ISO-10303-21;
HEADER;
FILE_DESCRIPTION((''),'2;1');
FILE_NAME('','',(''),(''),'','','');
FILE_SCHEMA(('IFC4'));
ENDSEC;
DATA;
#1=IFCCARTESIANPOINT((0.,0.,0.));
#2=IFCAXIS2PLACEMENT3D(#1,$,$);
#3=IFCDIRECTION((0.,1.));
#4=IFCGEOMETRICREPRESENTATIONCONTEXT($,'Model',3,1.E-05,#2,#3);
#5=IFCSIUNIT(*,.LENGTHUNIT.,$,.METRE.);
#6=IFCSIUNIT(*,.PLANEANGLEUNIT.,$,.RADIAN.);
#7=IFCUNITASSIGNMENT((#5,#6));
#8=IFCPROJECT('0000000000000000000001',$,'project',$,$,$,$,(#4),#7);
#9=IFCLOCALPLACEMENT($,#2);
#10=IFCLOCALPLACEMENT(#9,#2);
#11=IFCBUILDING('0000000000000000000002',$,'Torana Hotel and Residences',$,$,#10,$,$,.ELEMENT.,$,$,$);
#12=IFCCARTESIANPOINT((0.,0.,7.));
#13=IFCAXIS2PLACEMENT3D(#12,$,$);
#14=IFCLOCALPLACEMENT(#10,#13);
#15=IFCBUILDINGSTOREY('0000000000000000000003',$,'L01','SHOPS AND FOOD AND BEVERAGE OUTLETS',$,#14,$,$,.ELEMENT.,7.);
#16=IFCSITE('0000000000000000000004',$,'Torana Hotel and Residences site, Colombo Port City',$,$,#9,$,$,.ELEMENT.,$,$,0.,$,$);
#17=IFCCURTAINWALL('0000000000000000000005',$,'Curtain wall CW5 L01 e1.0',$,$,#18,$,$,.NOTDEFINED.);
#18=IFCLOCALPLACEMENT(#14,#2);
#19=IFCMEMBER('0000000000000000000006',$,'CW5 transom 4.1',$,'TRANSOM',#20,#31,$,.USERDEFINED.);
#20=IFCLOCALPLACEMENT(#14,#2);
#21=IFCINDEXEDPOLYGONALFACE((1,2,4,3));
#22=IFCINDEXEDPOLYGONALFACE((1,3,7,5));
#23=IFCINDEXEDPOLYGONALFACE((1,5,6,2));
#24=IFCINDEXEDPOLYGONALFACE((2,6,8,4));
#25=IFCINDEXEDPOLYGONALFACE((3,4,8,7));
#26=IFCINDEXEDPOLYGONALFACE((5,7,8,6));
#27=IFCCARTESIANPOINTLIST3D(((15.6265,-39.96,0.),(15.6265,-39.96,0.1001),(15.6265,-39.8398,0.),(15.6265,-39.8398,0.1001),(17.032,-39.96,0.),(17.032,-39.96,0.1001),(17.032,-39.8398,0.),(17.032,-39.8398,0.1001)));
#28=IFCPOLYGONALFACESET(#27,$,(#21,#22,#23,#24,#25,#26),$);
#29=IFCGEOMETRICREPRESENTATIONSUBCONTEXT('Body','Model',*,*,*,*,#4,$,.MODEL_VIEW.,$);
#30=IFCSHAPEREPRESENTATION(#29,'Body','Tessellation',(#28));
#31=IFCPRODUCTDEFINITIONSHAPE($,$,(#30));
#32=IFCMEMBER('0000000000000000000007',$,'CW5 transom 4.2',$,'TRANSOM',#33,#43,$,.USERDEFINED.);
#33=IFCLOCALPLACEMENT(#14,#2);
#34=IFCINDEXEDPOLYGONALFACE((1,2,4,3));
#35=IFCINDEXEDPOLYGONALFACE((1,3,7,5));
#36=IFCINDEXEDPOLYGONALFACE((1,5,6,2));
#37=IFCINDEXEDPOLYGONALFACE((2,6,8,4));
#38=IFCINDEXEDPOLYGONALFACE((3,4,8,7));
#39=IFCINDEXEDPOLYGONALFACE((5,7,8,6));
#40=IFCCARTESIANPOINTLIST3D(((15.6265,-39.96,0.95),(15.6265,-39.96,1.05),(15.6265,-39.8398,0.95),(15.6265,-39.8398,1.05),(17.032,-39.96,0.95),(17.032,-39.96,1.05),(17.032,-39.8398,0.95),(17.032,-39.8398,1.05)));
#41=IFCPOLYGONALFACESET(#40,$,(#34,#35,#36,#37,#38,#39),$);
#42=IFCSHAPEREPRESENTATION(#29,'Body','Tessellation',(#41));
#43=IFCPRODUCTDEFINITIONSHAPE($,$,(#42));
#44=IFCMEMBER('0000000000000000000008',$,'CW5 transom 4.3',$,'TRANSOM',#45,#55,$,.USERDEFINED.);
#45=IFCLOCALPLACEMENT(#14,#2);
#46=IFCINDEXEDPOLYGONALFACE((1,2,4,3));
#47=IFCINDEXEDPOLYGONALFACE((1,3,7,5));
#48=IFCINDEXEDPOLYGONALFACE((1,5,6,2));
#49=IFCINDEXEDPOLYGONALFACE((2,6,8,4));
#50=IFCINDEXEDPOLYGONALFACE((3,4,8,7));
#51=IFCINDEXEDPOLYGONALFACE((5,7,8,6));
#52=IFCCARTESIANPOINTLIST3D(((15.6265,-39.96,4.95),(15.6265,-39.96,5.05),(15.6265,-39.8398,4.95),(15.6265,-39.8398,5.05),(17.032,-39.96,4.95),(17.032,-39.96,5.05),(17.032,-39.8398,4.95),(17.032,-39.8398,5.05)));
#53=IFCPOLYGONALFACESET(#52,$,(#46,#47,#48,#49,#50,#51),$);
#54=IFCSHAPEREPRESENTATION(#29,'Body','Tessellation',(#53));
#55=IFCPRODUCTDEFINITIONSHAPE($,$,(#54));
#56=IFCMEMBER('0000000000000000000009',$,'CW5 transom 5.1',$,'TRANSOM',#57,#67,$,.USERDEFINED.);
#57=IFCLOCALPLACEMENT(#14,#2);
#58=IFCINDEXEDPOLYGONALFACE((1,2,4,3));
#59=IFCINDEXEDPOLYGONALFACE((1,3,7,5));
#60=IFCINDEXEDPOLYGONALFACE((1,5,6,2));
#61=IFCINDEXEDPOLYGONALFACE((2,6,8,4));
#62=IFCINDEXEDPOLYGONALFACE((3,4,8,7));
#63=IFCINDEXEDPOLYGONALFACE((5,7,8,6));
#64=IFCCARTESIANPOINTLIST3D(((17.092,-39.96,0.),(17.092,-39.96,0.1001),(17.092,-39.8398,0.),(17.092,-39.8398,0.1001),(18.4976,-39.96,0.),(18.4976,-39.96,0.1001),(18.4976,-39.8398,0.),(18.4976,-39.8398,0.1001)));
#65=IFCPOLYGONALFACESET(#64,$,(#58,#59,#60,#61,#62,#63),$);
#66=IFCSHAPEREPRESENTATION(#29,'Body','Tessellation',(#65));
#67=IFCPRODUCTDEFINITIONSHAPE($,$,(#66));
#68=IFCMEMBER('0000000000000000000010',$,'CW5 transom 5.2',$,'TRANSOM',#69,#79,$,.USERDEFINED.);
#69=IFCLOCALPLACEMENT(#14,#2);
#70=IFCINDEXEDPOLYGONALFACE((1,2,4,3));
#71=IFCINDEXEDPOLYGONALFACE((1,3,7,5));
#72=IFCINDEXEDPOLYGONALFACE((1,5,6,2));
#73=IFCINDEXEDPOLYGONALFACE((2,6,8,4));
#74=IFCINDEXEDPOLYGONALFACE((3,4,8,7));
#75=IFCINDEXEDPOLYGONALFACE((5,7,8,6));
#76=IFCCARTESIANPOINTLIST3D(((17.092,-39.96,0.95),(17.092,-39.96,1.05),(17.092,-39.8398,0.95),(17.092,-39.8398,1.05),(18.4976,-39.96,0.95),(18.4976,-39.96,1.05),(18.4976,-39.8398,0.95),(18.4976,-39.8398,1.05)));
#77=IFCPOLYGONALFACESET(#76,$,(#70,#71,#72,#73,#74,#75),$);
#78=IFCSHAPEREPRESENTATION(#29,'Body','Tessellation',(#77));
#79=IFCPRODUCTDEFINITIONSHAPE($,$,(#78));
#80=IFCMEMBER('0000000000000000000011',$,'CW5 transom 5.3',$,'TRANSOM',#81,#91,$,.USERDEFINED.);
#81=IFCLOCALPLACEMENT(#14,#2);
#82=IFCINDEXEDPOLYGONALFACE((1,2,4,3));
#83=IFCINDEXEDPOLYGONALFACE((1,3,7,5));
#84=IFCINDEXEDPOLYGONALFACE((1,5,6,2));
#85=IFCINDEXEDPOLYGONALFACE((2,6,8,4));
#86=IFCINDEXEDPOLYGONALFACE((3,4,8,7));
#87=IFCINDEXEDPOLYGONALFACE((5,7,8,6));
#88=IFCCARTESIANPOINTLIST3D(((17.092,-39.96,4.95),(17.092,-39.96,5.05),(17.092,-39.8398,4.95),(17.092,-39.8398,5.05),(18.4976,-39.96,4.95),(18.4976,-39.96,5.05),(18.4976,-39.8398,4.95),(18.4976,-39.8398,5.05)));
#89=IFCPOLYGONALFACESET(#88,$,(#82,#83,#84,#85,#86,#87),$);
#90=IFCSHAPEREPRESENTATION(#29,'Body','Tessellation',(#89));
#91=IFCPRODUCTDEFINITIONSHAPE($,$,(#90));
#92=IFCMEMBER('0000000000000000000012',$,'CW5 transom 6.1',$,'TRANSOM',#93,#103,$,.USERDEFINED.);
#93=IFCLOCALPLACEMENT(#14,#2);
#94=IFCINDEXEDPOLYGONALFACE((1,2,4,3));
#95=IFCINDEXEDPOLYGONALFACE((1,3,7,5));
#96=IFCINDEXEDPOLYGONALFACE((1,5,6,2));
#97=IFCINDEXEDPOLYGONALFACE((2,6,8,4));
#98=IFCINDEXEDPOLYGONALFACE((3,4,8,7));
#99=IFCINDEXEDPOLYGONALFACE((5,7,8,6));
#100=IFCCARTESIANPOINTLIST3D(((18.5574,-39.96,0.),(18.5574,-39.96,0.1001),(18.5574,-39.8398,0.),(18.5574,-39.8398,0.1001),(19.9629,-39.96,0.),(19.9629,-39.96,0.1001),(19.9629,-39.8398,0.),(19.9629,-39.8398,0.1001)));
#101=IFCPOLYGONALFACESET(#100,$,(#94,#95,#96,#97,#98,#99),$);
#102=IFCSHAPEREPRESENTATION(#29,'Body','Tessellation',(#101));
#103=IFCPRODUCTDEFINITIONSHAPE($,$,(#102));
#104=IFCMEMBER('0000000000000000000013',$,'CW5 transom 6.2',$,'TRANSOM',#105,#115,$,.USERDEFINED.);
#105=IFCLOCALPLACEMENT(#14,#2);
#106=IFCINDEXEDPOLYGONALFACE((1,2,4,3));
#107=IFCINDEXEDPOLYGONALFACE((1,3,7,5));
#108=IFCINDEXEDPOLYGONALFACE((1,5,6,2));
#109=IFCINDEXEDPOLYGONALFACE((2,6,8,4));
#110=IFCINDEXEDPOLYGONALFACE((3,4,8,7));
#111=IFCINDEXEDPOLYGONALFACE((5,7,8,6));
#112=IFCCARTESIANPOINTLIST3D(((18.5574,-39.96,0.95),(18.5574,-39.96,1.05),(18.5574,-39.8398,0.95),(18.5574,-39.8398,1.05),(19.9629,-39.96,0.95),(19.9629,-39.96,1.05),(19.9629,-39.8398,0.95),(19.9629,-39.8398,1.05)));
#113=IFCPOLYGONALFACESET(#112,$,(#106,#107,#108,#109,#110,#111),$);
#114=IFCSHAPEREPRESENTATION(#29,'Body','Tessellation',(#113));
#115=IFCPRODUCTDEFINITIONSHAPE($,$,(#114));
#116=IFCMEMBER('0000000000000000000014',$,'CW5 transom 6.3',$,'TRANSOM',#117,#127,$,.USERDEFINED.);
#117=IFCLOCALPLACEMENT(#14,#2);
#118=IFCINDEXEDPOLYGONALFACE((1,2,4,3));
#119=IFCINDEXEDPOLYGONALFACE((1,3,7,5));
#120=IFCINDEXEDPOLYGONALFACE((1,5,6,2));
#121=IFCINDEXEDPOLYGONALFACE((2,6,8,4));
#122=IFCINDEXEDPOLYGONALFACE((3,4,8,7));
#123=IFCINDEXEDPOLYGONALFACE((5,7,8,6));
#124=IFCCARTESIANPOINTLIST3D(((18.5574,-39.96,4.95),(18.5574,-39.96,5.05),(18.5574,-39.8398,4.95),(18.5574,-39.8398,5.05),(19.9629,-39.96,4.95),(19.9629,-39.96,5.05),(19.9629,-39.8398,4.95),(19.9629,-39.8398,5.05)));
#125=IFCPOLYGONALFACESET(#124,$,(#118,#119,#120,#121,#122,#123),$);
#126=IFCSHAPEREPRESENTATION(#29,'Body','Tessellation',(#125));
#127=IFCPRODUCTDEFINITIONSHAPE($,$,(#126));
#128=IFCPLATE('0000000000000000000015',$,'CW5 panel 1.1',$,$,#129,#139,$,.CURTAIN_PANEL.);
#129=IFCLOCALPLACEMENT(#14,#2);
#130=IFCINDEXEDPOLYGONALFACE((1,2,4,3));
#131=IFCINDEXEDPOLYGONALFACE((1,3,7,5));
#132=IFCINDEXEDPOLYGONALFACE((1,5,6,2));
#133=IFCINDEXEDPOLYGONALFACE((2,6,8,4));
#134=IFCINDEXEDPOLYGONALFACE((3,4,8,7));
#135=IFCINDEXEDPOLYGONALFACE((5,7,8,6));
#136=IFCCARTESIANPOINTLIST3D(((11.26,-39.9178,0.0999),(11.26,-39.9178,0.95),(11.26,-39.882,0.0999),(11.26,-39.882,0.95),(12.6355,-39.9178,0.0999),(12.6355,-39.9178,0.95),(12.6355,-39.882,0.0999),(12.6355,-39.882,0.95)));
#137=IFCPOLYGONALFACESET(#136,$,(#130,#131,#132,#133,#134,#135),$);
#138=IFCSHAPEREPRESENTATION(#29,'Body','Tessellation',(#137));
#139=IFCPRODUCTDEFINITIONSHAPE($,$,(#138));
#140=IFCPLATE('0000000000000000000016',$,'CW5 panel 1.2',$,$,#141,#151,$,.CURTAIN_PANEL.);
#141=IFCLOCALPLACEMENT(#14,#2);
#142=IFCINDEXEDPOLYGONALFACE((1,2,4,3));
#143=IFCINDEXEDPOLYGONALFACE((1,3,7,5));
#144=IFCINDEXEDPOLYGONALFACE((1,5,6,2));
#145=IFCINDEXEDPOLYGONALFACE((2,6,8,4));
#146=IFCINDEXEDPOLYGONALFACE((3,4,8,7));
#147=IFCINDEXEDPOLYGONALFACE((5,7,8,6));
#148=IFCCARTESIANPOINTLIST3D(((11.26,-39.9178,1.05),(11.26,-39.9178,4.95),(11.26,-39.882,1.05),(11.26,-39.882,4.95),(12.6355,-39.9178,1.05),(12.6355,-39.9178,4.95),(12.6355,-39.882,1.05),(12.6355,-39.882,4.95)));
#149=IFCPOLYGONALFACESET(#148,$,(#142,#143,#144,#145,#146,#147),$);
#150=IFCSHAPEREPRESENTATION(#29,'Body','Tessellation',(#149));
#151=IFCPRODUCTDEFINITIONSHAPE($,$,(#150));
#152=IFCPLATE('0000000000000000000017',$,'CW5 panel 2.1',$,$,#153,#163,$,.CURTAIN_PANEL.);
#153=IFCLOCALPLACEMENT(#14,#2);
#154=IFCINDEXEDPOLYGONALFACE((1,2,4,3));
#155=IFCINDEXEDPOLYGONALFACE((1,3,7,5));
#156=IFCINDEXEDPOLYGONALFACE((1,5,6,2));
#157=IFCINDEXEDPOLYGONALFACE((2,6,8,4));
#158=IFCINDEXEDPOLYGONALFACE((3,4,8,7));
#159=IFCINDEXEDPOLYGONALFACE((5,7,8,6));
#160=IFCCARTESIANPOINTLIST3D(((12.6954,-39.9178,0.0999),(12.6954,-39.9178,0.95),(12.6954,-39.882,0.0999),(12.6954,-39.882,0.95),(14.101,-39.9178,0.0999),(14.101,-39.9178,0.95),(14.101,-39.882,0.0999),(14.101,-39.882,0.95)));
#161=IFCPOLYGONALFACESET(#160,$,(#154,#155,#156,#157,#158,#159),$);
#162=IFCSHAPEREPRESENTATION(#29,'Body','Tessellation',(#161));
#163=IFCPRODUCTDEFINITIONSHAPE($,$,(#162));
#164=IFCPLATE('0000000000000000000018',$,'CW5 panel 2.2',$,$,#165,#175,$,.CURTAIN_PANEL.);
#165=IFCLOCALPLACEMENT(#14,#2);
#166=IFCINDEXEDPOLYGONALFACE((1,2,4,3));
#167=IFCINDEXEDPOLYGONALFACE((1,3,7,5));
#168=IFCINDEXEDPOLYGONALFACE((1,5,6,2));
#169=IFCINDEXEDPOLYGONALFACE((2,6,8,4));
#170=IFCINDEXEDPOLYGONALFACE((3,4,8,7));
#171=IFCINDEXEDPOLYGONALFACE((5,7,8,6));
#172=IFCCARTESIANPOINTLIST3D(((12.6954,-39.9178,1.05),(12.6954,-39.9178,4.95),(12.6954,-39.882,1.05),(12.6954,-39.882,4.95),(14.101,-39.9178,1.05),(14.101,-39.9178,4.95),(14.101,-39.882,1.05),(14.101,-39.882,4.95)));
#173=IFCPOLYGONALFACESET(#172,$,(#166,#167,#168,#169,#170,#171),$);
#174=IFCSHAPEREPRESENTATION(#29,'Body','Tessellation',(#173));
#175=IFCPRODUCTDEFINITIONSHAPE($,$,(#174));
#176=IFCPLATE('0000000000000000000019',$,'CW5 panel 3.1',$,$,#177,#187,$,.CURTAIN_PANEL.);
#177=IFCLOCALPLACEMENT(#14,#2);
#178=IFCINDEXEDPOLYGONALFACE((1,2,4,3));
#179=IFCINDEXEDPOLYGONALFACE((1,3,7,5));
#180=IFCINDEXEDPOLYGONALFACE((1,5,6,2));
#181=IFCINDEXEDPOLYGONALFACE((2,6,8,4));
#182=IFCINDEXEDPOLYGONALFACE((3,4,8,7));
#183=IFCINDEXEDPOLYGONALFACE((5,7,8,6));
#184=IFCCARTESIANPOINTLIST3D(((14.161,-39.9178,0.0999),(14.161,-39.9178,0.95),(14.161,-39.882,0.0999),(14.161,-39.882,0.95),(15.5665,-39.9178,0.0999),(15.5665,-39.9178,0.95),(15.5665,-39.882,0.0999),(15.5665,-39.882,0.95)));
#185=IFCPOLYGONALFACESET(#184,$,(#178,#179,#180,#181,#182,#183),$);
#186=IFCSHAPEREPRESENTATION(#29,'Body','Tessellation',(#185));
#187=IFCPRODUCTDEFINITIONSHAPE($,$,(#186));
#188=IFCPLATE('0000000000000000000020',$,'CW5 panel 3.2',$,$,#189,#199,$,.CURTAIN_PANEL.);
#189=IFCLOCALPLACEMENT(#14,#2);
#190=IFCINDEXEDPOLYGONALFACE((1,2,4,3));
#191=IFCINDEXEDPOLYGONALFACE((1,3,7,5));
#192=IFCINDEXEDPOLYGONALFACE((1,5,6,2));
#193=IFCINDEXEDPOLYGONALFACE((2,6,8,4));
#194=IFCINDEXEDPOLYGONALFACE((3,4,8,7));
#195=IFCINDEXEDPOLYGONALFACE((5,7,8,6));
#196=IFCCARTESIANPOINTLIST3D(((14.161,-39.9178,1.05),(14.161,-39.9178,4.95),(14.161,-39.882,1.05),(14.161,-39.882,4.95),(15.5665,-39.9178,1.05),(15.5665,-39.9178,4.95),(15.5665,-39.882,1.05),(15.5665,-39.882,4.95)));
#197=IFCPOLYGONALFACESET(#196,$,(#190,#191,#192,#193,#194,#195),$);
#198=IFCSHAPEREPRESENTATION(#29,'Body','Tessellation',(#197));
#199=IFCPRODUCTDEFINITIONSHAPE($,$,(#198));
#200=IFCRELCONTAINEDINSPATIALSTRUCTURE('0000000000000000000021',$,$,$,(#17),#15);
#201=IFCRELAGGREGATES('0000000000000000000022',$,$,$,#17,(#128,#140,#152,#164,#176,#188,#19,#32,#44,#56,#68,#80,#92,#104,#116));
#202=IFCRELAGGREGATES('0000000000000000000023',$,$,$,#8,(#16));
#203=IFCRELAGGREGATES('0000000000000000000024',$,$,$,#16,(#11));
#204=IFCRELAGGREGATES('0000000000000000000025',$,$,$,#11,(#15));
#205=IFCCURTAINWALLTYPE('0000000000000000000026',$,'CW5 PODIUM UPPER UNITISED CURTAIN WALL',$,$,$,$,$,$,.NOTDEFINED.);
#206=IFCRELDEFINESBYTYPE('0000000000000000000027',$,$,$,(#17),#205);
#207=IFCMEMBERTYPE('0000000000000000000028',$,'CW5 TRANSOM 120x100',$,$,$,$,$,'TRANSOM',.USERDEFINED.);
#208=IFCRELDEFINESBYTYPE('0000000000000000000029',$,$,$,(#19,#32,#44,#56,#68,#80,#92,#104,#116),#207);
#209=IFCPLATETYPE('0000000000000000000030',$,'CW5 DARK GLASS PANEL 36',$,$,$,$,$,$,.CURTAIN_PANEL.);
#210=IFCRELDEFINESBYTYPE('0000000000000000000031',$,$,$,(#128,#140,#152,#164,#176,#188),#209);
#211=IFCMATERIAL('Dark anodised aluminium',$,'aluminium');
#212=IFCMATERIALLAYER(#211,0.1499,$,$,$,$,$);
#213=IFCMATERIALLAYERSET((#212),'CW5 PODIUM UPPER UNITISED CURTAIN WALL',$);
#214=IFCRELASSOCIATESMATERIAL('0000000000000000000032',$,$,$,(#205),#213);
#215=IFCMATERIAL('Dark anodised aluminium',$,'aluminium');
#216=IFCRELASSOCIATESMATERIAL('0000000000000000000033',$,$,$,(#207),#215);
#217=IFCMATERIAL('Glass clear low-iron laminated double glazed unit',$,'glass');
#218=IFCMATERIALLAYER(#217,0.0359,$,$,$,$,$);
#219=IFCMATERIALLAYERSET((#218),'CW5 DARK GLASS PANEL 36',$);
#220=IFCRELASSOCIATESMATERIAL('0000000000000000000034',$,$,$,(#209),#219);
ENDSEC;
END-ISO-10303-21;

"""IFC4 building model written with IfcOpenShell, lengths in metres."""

from ifc_helpers import new_model, si_unit, direction, frame, origin, origin_2d, place, context, subcontext, project, spatial, rectangle, extrude, material, layer, layer_set, material_profile, profile_set, type_object, element, aggregate, save


model = new_model("IFC4")

# Units and contexts
model_context = context("Model", 3, precision=1e-05, world=origin(), true_north=direction((0.0, 1.0)))
body_context = subcontext(model_context, "Body", "Model", "MODEL_VIEW")
ifc_project = project(units=[si_unit("LENGTHUNIT", "METRE"), si_unit("PLANEANGLEUNIT", "RADIAN")], contexts=[model_context])

# Site, building, storey
site_placement = place(None, origin())
site = spatial("IfcSite", under=ifc_project, at=site_placement, Name="Torana Hotel and Residences site, Colombo Port City", CompositionType="ELEMENT", RefElevation=0.0)
building_placement = place(site_placement, origin())
building = spatial("IfcBuilding", under=site, at=building_placement, Name="Torana Hotel and Residences", CompositionType="ELEMENT")
storey_placement = place(building_placement, frame((0.0, 0.0, 7.0)))
storey = spatial("IfcBuildingStorey", under=building, at=storey_placement, Name="L01", Description="SHOPS AND FOOD AND BEVERAGE OUTLETS", CompositionType="ELEMENT", Elevation=7.0)

# Curtain wall, members, plates
ifc_material_1 = material(Name="Dark anodised aluminium", Category="aluminium")
ifc_layer_1 = layer(ifc_material_1, 0.1499)
ifc_layer_set_1 = layer_set([ifc_layer_1], Name="CW5 PODIUM UPPER UNITISED CURTAIN WALL")
curtain_wall_type = type_object("IfcCurtainWallType", Name="CW5 PODIUM UPPER UNITISED CURTAIN WALL", PredefinedType="NOTDEFINED", material=ifc_layer_set_1)
curtain_wall_placement = place(storey_placement, origin())
curtain_wall = element("IfcCurtainWall", 1, at=curtain_wall_placement, inside=storey, type_object=curtain_wall_type, Name="Curtain wall CW5 L01 e1.0", PredefinedType="NOTDEFINED")
ifc_material_2 = material(Name="Dark anodised aluminium", Category="aluminium")
ifc_material_profile_1 = material_profile(ifc_material_2, rectangle(XDim=0.1201, YDim=0.1001, at=origin_2d()), Name="CW5 TRANSOM 120x100")
ifc_profile_set_1 = profile_set([ifc_material_profile_1], Name="Dark anodised aluminium")
member_type_1 = type_object("IfcMemberType", Name="CW5 TRANSOM 120x100", ElementType="TRANSOM", PredefinedType="USERDEFINED", material=ifc_profile_set_1)
member_1_placement = place(storey_placement, frame((15.6265, -39.8999, 0.05), z_axis=(1.0, 0.0, 0.0), x_axis=(0.0, 1.0, 0.0)))
member_1 = element("IfcMember", 2, at=member_1_placement, type_object=member_type_1, Name="CW5 transom 4.1", ObjectType="TRANSOM", PredefinedType="USERDEFINED", context=body_context, shape_type="SweptSolid", body=[
    extrude(rectangle(XDim=0.1201, YDim=0.1001, at=origin_2d()), origin(), (0.0, 0.0, 1.0), 1.4055),
])
member_2_placement = place(storey_placement, frame((15.6265, -39.8999, 1.0), z_axis=(1.0, 0.0, 0.0), x_axis=(0.0, 1.0, 0.0)))
member_2 = element("IfcMember", 3, at=member_2_placement, type_object=member_type_1, Name="CW5 transom 4.2", ObjectType="TRANSOM", PredefinedType="USERDEFINED", context=body_context, shape_type="SweptSolid", body=[
    extrude(rectangle(XDim=0.1201, YDim=0.1001, at=origin_2d()), origin(), (0.0, 0.0, 1.0), 1.4055),
])
member_3_placement = place(storey_placement, frame((15.6265, -39.8999, 5.0), z_axis=(1.0, 0.0, 0.0), x_axis=(0.0, 1.0, 0.0)))
member_3 = element("IfcMember", 4, at=member_3_placement, type_object=member_type_1, Name="CW5 transom 4.3", ObjectType="TRANSOM", PredefinedType="USERDEFINED", context=body_context, shape_type="SweptSolid", body=[
    extrude(rectangle(XDim=0.1201, YDim=0.1001, at=origin_2d()), origin(), (0.0, 0.0, 1.0), 1.4055),
])
member_4_placement = place(storey_placement, frame((17.092, -39.8999, 0.05), z_axis=(1.0, 0.0, 0.0), x_axis=(0.0, 1.0, 0.0)))
member_4 = element("IfcMember", 5, at=member_4_placement, type_object=member_type_1, Name="CW5 transom 5.1", ObjectType="TRANSOM", PredefinedType="USERDEFINED", context=body_context, shape_type="SweptSolid", body=[
    extrude(rectangle(XDim=0.1201, YDim=0.1001, at=origin_2d()), origin(), (0.0, 0.0, 1.0), 1.4055),
])
member_5_placement = place(storey_placement, frame((17.092, -39.8999, 1.0), z_axis=(1.0, 0.0, 0.0), x_axis=(0.0, 1.0, 0.0)))
member_5 = element("IfcMember", 6, at=member_5_placement, type_object=member_type_1, Name="CW5 transom 5.2", ObjectType="TRANSOM", PredefinedType="USERDEFINED", context=body_context, shape_type="SweptSolid", body=[
    extrude(rectangle(XDim=0.1201, YDim=0.1001, at=origin_2d()), origin(), (0.0, 0.0, 1.0), 1.4055),
])
member_6_placement = place(storey_placement, frame((17.092, -39.8999, 5.0), z_axis=(1.0, 0.0, 0.0), x_axis=(0.0, 1.0, 0.0)))
member_6 = element("IfcMember", 7, at=member_6_placement, type_object=member_type_1, Name="CW5 transom 5.3", ObjectType="TRANSOM", PredefinedType="USERDEFINED", context=body_context, shape_type="SweptSolid", body=[
    extrude(rectangle(XDim=0.1201, YDim=0.1001, at=origin_2d()), origin(), (0.0, 0.0, 1.0), 1.4055),
])
member_7_placement = place(storey_placement, frame((18.5574, -39.8999, 0.05), z_axis=(1.0, 0.0, 0.0), x_axis=(0.0, 1.0, 0.0)))
member_7 = element("IfcMember", 8, at=member_7_placement, type_object=member_type_1, Name="CW5 transom 6.1", ObjectType="TRANSOM", PredefinedType="USERDEFINED", context=body_context, shape_type="SweptSolid", body=[
    extrude(rectangle(XDim=0.1201, YDim=0.1001, at=origin_2d()), origin(), (0.0, 0.0, 1.0), 1.4055),
])
member_8_placement = place(storey_placement, frame((18.5574, -39.8999, 1.0), z_axis=(1.0, 0.0, 0.0), x_axis=(0.0, 1.0, 0.0)))
member_8 = element("IfcMember", 9, at=member_8_placement, type_object=member_type_1, Name="CW5 transom 6.2", ObjectType="TRANSOM", PredefinedType="USERDEFINED", context=body_context, shape_type="SweptSolid", body=[
    extrude(rectangle(XDim=0.1201, YDim=0.1001, at=origin_2d()), origin(), (0.0, 0.0, 1.0), 1.4055),
])
member_9_placement = place(storey_placement, frame((18.5574, -39.8999, 5.0), z_axis=(1.0, 0.0, 0.0), x_axis=(0.0, 1.0, 0.0)))
member_9 = element("IfcMember", 10, at=member_9_placement, type_object=member_type_1, Name="CW5 transom 6.3", ObjectType="TRANSOM", PredefinedType="USERDEFINED", context=body_context, shape_type="SweptSolid", body=[
    extrude(rectangle(XDim=0.1201, YDim=0.1001, at=origin_2d()), origin(), (0.0, 0.0, 1.0), 1.4055),
])
ifc_material_3 = material(Name="Glass clear low-iron laminated double glazed unit", Category="glass")
ifc_layer_2 = layer(ifc_material_3, 0.0359)
ifc_layer_set_2 = layer_set([ifc_layer_2], Name="CW5 DARK GLASS PANEL 36")
plate_type = type_object("IfcPlateType", Name="CW5 DARK GLASS PANEL 36", PredefinedType="CURTAIN_PANEL", material=ifc_layer_set_2)
plate_1_placement = place(storey_placement, frame((11.9478, -39.8999, 0.0999), z_axis=(0.0, 0.0, 1.0), x_axis=(1.0, 0.0, 0.0)))
plate_1 = element("IfcPlate", 11, at=plate_1_placement, type_object=plate_type, Name="CW5 panel 1.1", PredefinedType="CURTAIN_PANEL", context=body_context, shape_type="SweptSolid", body=[
    extrude(rectangle(XDim=1.3755, YDim=0.0359, at=origin_2d()), origin(), (0.0, 0.0, 1.0), 0.8501),
])
plate_2_placement = place(storey_placement, frame((11.9478, -39.8999, 1.05), z_axis=(0.0, 0.0, 1.0), x_axis=(1.0, 0.0, 0.0)))
plate_2 = element("IfcPlate", 12, at=plate_2_placement, type_object=plate_type, Name="CW5 panel 1.2", PredefinedType="CURTAIN_PANEL", context=body_context, shape_type="SweptSolid", body=[
    extrude(rectangle(XDim=1.3755, YDim=0.0359, at=origin_2d()), origin(), (0.0, 0.0, 1.0), 3.8999),
])
plate_3_placement = place(storey_placement, frame((13.3982, -39.8999, 0.0999), z_axis=(0.0, 0.0, 1.0), x_axis=(1.0, 0.0, 0.0)))
plate_3 = element("IfcPlate", 13, at=plate_3_placement, type_object=plate_type, Name="CW5 panel 2.1", PredefinedType="CURTAIN_PANEL", context=body_context, shape_type="SweptSolid", body=[
    extrude(rectangle(XDim=1.4055, YDim=0.0359, at=origin_2d()), origin(), (0.0, 0.0, 1.0), 0.8501),
])
plate_4_placement = place(storey_placement, frame((13.3982, -39.8999, 1.05), z_axis=(0.0, 0.0, 1.0), x_axis=(1.0, 0.0, 0.0)))
plate_4 = element("IfcPlate", 14, at=plate_4_placement, type_object=plate_type, Name="CW5 panel 2.2", PredefinedType="CURTAIN_PANEL", context=body_context, shape_type="SweptSolid", body=[
    extrude(rectangle(XDim=1.4055, YDim=0.0359, at=origin_2d()), origin(), (0.0, 0.0, 1.0), 3.8999),
])
plate_5_placement = place(storey_placement, frame((14.8638, -39.8999, 0.0999), z_axis=(0.0, 0.0, 1.0), x_axis=(1.0, 0.0, 0.0)))
plate_5 = element("IfcPlate", 15, at=plate_5_placement, type_object=plate_type, Name="CW5 panel 3.1", PredefinedType="CURTAIN_PANEL", context=body_context, shape_type="SweptSolid", body=[
    extrude(rectangle(XDim=1.4055, YDim=0.0359, at=origin_2d()), origin(), (0.0, 0.0, 1.0), 0.8501),
])
plate_6_placement = place(storey_placement, frame((14.8638, -39.8999, 1.05), z_axis=(0.0, 0.0, 1.0), x_axis=(1.0, 0.0, 0.0)))
plate_6 = element("IfcPlate", 16, at=plate_6_placement, type_object=plate_type, Name="CW5 panel 3.2", PredefinedType="CURTAIN_PANEL", context=body_context, shape_type="SweptSolid", body=[
    extrude(rectangle(XDim=1.4055, YDim=0.0359, at=origin_2d()), origin(), (0.0, 0.0, 1.0), 3.8999),
])
aggregate(curtain_wall, [plate_1, plate_2, plate_3, plate_4, plate_5, plate_6, member_1, member_2, member_3, member_4, member_5, member_6, member_7, member_8, member_9])

save(model, "model.ifc")
